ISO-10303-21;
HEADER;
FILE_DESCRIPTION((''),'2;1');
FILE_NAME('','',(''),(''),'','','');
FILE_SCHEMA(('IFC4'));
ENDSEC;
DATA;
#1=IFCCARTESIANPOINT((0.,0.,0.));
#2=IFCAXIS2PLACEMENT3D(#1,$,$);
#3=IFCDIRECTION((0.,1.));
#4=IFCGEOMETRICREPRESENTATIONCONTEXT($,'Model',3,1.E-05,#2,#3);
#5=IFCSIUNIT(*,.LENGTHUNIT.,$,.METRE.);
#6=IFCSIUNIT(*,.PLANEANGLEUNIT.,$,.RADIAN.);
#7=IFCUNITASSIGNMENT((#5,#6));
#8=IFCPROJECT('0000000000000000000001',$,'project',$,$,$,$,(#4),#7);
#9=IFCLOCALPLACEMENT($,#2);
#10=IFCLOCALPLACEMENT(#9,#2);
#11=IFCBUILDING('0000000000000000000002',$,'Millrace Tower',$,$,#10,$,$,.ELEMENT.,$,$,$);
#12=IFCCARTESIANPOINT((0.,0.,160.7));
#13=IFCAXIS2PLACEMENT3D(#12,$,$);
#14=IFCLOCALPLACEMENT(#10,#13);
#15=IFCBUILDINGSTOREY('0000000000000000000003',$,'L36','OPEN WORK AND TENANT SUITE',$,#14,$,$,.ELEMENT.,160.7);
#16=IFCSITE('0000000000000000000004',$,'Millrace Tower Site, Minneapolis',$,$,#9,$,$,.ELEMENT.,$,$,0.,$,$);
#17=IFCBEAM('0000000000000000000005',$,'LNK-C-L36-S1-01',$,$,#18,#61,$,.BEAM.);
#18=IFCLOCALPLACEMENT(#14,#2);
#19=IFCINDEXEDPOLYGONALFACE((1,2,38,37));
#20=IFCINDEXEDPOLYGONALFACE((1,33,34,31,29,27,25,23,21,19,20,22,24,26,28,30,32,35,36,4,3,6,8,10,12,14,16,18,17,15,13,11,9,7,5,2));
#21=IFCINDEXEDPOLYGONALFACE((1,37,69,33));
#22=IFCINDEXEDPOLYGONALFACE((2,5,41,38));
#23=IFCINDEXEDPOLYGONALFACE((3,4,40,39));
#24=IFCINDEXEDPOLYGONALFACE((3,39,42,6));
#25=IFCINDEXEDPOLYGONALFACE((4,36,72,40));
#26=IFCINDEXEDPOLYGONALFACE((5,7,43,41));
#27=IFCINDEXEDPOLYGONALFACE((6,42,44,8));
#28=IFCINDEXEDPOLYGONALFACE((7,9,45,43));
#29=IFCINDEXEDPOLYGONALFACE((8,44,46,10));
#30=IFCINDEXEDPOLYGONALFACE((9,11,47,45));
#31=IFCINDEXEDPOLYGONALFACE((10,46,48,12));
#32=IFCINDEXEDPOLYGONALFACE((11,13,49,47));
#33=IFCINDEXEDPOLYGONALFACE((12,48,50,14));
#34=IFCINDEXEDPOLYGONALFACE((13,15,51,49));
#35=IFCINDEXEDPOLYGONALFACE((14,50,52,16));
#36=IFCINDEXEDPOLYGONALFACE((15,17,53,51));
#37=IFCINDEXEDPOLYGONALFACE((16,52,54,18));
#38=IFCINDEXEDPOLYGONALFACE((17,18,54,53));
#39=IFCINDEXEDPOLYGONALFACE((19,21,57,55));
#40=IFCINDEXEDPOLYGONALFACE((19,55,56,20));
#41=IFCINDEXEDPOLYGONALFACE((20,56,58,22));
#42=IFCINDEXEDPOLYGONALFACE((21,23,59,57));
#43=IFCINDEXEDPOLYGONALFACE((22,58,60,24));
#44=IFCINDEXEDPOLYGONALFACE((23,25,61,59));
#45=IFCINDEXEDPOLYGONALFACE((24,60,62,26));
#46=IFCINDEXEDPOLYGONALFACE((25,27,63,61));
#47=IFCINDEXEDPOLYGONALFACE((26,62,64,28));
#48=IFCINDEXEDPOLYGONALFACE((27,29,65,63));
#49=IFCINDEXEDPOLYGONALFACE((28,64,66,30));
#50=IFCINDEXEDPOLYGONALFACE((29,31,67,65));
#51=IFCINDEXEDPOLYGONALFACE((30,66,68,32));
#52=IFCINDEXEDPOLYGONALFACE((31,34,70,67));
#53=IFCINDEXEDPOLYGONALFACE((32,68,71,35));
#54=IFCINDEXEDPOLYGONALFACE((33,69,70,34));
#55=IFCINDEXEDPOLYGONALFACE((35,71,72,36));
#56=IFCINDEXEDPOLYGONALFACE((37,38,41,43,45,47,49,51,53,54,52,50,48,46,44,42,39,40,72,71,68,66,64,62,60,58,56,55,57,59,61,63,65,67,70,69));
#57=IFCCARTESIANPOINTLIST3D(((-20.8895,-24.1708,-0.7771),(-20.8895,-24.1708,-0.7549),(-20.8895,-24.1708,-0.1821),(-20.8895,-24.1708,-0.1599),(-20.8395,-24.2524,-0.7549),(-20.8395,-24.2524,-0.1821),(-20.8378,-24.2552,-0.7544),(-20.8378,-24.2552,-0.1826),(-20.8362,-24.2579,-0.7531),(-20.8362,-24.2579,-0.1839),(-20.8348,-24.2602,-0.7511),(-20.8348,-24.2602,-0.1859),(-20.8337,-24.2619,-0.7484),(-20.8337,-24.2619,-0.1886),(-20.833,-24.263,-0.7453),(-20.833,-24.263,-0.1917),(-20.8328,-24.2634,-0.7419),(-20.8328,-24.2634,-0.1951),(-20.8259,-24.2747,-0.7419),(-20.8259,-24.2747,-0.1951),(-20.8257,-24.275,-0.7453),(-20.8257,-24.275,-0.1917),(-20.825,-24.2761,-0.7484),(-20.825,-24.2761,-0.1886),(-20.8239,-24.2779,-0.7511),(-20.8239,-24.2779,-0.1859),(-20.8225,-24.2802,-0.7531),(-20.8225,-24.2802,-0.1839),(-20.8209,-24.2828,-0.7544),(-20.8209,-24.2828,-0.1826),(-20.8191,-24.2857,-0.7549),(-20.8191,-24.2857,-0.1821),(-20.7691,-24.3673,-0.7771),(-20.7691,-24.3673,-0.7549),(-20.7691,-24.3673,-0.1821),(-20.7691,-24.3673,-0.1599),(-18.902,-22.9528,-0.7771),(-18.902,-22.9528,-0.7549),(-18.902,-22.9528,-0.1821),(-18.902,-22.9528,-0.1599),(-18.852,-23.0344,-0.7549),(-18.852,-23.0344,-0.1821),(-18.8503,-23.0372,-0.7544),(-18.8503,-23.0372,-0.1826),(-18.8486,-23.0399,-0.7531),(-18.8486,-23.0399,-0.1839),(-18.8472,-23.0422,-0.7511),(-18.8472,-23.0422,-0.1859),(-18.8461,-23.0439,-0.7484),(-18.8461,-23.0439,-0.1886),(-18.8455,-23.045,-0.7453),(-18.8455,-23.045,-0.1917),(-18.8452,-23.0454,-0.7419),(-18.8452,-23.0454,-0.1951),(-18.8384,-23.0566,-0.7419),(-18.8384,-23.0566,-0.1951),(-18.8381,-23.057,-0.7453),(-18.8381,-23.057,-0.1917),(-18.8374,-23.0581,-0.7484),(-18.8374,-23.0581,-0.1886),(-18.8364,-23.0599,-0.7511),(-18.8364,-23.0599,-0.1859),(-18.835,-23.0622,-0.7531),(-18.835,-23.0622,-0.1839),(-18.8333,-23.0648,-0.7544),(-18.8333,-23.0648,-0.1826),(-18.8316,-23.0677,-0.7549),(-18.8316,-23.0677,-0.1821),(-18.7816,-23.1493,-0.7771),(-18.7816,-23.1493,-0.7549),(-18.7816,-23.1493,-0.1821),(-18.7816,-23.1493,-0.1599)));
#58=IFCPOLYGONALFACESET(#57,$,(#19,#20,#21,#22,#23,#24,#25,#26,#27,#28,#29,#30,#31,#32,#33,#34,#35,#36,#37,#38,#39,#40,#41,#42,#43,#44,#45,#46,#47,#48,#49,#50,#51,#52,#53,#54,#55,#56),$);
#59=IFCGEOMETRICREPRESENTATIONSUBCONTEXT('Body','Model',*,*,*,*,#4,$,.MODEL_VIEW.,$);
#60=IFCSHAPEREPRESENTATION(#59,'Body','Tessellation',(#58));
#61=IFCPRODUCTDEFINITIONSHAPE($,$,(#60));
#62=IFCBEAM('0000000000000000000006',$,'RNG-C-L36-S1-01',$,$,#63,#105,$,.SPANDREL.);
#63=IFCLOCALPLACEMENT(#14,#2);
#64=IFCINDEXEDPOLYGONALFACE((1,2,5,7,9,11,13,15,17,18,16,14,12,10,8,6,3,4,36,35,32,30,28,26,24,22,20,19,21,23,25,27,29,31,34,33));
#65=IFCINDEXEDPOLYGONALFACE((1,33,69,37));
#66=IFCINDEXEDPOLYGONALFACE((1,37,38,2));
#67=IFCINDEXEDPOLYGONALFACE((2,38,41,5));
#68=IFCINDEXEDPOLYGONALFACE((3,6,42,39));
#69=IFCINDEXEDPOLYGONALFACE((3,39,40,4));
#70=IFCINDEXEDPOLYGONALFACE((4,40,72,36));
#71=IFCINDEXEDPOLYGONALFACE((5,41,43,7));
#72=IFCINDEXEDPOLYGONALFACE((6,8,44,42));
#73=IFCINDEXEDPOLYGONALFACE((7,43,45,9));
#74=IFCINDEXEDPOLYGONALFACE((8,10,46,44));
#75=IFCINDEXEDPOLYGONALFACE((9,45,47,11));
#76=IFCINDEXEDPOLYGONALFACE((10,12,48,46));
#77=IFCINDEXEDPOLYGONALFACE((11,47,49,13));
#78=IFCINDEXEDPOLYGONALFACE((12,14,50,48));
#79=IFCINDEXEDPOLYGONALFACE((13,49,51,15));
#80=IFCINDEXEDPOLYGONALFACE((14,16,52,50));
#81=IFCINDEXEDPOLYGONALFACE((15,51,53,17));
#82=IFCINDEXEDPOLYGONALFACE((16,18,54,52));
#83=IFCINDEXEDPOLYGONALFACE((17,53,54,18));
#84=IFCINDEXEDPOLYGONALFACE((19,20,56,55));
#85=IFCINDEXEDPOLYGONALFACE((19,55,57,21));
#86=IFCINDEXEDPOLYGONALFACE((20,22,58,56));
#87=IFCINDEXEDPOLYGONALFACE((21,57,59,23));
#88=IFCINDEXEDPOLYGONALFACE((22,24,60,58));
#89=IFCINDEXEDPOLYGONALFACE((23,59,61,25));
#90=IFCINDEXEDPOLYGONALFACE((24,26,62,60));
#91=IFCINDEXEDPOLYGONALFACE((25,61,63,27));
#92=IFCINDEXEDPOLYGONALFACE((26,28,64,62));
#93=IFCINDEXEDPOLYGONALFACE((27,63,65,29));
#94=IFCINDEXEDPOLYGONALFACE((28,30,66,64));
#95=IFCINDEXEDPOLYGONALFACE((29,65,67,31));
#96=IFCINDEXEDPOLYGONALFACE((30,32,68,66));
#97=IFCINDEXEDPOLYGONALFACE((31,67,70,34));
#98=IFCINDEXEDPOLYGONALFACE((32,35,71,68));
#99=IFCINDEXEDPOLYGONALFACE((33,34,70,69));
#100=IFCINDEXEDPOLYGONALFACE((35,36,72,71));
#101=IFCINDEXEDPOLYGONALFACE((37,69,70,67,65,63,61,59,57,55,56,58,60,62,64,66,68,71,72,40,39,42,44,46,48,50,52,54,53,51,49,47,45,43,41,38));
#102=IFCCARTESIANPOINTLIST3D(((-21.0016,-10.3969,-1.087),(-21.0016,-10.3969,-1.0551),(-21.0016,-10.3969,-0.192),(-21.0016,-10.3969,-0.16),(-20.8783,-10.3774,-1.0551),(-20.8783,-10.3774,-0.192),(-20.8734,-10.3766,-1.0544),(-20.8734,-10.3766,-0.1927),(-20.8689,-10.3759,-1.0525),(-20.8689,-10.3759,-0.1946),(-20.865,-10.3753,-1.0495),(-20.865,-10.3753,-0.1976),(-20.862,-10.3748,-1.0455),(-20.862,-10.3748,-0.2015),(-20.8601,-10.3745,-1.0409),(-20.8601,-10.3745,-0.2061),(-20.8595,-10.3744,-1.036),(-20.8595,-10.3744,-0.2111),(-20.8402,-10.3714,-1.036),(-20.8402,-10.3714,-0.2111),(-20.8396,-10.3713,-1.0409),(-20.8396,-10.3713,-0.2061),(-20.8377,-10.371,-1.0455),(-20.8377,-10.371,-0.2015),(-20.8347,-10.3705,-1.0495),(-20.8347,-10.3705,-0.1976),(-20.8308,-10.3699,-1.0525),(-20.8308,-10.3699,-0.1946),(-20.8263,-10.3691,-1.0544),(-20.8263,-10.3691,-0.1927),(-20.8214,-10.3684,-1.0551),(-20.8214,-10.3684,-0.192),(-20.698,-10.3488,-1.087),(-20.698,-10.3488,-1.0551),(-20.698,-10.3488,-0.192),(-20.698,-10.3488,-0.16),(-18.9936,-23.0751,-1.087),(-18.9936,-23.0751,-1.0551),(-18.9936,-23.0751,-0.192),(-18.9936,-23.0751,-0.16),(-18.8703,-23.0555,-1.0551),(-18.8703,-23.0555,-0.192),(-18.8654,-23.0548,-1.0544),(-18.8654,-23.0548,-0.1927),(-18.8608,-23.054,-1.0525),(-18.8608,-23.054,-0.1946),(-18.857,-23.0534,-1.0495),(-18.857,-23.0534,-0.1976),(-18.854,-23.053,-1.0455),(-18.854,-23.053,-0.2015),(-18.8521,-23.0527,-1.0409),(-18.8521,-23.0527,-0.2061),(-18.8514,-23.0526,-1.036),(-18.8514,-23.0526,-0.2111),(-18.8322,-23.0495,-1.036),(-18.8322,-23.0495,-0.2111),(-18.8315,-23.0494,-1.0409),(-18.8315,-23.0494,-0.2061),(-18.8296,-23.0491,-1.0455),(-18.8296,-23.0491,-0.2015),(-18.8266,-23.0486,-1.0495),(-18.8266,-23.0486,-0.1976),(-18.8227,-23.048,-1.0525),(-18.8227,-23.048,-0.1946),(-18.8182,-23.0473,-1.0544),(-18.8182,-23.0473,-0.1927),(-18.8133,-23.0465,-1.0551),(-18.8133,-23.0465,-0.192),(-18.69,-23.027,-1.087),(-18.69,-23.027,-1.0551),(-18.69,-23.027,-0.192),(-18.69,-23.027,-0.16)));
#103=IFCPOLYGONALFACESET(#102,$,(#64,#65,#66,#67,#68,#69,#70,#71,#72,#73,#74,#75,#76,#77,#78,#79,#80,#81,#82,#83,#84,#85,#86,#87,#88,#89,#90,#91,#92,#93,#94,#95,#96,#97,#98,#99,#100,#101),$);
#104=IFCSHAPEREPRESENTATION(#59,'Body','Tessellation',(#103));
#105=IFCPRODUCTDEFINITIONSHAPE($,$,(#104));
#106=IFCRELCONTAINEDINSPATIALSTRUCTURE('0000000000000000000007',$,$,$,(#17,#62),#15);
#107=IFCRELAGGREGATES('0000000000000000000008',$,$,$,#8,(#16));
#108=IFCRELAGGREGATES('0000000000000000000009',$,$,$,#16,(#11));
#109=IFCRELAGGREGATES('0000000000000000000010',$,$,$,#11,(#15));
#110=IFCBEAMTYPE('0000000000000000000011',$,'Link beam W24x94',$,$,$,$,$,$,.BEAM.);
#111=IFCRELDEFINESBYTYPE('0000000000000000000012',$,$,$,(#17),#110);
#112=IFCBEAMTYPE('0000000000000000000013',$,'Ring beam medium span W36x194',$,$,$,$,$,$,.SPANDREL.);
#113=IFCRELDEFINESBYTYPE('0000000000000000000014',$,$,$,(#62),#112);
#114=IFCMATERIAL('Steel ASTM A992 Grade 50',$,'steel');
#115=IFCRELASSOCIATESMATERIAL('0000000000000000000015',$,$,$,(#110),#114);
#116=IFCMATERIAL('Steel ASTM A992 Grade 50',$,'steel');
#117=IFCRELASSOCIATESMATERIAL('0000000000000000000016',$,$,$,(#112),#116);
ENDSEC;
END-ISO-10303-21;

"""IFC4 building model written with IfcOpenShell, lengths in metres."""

from ifc_helpers import new_model, si_unit, direction, frame, origin, origin_2d, place, context, subcontext, project, spatial, i_section, extrude, material, material_profile, profile_set, type_object, element, save


model = new_model("IFC4")

# Units and contexts
model_context = context("Model", 3, precision=1e-05, world=origin(), true_north=direction((0.0, 1.0)))
body_context = subcontext(model_context, "Body", "Model", "MODEL_VIEW")
ifc_project = project(units=[si_unit("LENGTHUNIT", "METRE"), si_unit("PLANEANGLEUNIT", "RADIAN")], contexts=[model_context])

# Site, building, storey
site_placement = place(None, origin())
site = spatial("IfcSite", under=ifc_project, at=site_placement, Name="Millrace Tower Site, Minneapolis", CompositionType="ELEMENT", RefElevation=0.0)
building_placement = place(site_placement, origin())
building = spatial("IfcBuilding", under=site, at=building_placement, Name="Millrace Tower", CompositionType="ELEMENT")
storey_placement = place(building_placement, frame((0.0, 0.0, 160.7)))
storey = spatial("IfcBuildingStorey", under=building, at=storey_placement, Name="L36", Description="OPEN WORK AND TENANT SUITE", CompositionType="ELEMENT", Elevation=160.7)

# Beams
ifc_material_1 = material(Name="Steel ASTM A992 Grade 50", Category="steel")
ifc_material_profile_1 = material_profile(ifc_material_1, i_section(OverallWidth=0.2305, OverallDepth=0.6172, WebThickness=0.0132, FlangeThickness=0.0222, FilletRadius=0.0129, at=origin_2d()))
ifc_profile_set_1 = profile_set([ifc_material_profile_1], Name="Steel ASTM A992 Grade 50")
beam_type_1 = type_object("IfcBeamType", Name="Link beam W24x94", PredefinedType="BEAM", material=ifc_profile_set_1)
beam_1_placement = place(storey_placement, frame((-18.8418, -23.051, -0.4685), z_axis=(-0.852631, -0.522513, 0.0), x_axis=(0.522513, -0.852631, 0.0)))
element("IfcBeam", 1, at=beam_1_placement, inside=storey, type_object=beam_type_1, Name="LNK-C-L36-S1-01", PredefinedType="BEAM", context=body_context, shape_type="SweptSolid", body=[
    extrude(i_section(OverallWidth=0.2305, OverallDepth=0.6172, WebThickness=0.0132, FlangeThickness=0.0222, FilletRadius=0.0129, at=origin_2d()), origin(), (0.0, 0.0, 1.0), 2.3311),
])
ifc_material_2 = material(Name="Steel ASTM A992 Grade 50", Category="steel")
ifc_material_profile_2 = material_profile(ifc_material_2, i_section(OverallWidth=0.3074, OverallDepth=0.927, WebThickness=0.0195, FlangeThickness=0.032, FilletRadius=0.019, at=origin_2d()))
ifc_profile_set_2 = profile_set([ifc_material_profile_2], Name="Steel ASTM A992 Grade 50")
beam_type_2 = type_object("IfcBeamType", Name="Ring beam medium span W36x194", PredefinedType="SPANDREL", material=ifc_profile_set_2)
beam_2_placement = place(storey_placement, frame((-18.8418, -23.051, -0.6235), z_axis=(-0.156436, 0.987688, 0.0), x_axis=(-0.987688, -0.156436, 0.0)))
element("IfcBeam", 2, at=beam_2_placement, inside=storey, type_object=beam_type_2, Name="RNG-C-L36-S1-01", PredefinedType="SPANDREL", context=body_context, shape_type="SweptSolid", body=[
    extrude(i_section(OverallWidth=0.3074, OverallDepth=0.927, WebThickness=0.0195, FlangeThickness=0.032, FilletRadius=0.019, at=origin_2d()), origin(), (0.0, 0.0, 1.0), 12.8362),
])

save(model, "model.ifc")
